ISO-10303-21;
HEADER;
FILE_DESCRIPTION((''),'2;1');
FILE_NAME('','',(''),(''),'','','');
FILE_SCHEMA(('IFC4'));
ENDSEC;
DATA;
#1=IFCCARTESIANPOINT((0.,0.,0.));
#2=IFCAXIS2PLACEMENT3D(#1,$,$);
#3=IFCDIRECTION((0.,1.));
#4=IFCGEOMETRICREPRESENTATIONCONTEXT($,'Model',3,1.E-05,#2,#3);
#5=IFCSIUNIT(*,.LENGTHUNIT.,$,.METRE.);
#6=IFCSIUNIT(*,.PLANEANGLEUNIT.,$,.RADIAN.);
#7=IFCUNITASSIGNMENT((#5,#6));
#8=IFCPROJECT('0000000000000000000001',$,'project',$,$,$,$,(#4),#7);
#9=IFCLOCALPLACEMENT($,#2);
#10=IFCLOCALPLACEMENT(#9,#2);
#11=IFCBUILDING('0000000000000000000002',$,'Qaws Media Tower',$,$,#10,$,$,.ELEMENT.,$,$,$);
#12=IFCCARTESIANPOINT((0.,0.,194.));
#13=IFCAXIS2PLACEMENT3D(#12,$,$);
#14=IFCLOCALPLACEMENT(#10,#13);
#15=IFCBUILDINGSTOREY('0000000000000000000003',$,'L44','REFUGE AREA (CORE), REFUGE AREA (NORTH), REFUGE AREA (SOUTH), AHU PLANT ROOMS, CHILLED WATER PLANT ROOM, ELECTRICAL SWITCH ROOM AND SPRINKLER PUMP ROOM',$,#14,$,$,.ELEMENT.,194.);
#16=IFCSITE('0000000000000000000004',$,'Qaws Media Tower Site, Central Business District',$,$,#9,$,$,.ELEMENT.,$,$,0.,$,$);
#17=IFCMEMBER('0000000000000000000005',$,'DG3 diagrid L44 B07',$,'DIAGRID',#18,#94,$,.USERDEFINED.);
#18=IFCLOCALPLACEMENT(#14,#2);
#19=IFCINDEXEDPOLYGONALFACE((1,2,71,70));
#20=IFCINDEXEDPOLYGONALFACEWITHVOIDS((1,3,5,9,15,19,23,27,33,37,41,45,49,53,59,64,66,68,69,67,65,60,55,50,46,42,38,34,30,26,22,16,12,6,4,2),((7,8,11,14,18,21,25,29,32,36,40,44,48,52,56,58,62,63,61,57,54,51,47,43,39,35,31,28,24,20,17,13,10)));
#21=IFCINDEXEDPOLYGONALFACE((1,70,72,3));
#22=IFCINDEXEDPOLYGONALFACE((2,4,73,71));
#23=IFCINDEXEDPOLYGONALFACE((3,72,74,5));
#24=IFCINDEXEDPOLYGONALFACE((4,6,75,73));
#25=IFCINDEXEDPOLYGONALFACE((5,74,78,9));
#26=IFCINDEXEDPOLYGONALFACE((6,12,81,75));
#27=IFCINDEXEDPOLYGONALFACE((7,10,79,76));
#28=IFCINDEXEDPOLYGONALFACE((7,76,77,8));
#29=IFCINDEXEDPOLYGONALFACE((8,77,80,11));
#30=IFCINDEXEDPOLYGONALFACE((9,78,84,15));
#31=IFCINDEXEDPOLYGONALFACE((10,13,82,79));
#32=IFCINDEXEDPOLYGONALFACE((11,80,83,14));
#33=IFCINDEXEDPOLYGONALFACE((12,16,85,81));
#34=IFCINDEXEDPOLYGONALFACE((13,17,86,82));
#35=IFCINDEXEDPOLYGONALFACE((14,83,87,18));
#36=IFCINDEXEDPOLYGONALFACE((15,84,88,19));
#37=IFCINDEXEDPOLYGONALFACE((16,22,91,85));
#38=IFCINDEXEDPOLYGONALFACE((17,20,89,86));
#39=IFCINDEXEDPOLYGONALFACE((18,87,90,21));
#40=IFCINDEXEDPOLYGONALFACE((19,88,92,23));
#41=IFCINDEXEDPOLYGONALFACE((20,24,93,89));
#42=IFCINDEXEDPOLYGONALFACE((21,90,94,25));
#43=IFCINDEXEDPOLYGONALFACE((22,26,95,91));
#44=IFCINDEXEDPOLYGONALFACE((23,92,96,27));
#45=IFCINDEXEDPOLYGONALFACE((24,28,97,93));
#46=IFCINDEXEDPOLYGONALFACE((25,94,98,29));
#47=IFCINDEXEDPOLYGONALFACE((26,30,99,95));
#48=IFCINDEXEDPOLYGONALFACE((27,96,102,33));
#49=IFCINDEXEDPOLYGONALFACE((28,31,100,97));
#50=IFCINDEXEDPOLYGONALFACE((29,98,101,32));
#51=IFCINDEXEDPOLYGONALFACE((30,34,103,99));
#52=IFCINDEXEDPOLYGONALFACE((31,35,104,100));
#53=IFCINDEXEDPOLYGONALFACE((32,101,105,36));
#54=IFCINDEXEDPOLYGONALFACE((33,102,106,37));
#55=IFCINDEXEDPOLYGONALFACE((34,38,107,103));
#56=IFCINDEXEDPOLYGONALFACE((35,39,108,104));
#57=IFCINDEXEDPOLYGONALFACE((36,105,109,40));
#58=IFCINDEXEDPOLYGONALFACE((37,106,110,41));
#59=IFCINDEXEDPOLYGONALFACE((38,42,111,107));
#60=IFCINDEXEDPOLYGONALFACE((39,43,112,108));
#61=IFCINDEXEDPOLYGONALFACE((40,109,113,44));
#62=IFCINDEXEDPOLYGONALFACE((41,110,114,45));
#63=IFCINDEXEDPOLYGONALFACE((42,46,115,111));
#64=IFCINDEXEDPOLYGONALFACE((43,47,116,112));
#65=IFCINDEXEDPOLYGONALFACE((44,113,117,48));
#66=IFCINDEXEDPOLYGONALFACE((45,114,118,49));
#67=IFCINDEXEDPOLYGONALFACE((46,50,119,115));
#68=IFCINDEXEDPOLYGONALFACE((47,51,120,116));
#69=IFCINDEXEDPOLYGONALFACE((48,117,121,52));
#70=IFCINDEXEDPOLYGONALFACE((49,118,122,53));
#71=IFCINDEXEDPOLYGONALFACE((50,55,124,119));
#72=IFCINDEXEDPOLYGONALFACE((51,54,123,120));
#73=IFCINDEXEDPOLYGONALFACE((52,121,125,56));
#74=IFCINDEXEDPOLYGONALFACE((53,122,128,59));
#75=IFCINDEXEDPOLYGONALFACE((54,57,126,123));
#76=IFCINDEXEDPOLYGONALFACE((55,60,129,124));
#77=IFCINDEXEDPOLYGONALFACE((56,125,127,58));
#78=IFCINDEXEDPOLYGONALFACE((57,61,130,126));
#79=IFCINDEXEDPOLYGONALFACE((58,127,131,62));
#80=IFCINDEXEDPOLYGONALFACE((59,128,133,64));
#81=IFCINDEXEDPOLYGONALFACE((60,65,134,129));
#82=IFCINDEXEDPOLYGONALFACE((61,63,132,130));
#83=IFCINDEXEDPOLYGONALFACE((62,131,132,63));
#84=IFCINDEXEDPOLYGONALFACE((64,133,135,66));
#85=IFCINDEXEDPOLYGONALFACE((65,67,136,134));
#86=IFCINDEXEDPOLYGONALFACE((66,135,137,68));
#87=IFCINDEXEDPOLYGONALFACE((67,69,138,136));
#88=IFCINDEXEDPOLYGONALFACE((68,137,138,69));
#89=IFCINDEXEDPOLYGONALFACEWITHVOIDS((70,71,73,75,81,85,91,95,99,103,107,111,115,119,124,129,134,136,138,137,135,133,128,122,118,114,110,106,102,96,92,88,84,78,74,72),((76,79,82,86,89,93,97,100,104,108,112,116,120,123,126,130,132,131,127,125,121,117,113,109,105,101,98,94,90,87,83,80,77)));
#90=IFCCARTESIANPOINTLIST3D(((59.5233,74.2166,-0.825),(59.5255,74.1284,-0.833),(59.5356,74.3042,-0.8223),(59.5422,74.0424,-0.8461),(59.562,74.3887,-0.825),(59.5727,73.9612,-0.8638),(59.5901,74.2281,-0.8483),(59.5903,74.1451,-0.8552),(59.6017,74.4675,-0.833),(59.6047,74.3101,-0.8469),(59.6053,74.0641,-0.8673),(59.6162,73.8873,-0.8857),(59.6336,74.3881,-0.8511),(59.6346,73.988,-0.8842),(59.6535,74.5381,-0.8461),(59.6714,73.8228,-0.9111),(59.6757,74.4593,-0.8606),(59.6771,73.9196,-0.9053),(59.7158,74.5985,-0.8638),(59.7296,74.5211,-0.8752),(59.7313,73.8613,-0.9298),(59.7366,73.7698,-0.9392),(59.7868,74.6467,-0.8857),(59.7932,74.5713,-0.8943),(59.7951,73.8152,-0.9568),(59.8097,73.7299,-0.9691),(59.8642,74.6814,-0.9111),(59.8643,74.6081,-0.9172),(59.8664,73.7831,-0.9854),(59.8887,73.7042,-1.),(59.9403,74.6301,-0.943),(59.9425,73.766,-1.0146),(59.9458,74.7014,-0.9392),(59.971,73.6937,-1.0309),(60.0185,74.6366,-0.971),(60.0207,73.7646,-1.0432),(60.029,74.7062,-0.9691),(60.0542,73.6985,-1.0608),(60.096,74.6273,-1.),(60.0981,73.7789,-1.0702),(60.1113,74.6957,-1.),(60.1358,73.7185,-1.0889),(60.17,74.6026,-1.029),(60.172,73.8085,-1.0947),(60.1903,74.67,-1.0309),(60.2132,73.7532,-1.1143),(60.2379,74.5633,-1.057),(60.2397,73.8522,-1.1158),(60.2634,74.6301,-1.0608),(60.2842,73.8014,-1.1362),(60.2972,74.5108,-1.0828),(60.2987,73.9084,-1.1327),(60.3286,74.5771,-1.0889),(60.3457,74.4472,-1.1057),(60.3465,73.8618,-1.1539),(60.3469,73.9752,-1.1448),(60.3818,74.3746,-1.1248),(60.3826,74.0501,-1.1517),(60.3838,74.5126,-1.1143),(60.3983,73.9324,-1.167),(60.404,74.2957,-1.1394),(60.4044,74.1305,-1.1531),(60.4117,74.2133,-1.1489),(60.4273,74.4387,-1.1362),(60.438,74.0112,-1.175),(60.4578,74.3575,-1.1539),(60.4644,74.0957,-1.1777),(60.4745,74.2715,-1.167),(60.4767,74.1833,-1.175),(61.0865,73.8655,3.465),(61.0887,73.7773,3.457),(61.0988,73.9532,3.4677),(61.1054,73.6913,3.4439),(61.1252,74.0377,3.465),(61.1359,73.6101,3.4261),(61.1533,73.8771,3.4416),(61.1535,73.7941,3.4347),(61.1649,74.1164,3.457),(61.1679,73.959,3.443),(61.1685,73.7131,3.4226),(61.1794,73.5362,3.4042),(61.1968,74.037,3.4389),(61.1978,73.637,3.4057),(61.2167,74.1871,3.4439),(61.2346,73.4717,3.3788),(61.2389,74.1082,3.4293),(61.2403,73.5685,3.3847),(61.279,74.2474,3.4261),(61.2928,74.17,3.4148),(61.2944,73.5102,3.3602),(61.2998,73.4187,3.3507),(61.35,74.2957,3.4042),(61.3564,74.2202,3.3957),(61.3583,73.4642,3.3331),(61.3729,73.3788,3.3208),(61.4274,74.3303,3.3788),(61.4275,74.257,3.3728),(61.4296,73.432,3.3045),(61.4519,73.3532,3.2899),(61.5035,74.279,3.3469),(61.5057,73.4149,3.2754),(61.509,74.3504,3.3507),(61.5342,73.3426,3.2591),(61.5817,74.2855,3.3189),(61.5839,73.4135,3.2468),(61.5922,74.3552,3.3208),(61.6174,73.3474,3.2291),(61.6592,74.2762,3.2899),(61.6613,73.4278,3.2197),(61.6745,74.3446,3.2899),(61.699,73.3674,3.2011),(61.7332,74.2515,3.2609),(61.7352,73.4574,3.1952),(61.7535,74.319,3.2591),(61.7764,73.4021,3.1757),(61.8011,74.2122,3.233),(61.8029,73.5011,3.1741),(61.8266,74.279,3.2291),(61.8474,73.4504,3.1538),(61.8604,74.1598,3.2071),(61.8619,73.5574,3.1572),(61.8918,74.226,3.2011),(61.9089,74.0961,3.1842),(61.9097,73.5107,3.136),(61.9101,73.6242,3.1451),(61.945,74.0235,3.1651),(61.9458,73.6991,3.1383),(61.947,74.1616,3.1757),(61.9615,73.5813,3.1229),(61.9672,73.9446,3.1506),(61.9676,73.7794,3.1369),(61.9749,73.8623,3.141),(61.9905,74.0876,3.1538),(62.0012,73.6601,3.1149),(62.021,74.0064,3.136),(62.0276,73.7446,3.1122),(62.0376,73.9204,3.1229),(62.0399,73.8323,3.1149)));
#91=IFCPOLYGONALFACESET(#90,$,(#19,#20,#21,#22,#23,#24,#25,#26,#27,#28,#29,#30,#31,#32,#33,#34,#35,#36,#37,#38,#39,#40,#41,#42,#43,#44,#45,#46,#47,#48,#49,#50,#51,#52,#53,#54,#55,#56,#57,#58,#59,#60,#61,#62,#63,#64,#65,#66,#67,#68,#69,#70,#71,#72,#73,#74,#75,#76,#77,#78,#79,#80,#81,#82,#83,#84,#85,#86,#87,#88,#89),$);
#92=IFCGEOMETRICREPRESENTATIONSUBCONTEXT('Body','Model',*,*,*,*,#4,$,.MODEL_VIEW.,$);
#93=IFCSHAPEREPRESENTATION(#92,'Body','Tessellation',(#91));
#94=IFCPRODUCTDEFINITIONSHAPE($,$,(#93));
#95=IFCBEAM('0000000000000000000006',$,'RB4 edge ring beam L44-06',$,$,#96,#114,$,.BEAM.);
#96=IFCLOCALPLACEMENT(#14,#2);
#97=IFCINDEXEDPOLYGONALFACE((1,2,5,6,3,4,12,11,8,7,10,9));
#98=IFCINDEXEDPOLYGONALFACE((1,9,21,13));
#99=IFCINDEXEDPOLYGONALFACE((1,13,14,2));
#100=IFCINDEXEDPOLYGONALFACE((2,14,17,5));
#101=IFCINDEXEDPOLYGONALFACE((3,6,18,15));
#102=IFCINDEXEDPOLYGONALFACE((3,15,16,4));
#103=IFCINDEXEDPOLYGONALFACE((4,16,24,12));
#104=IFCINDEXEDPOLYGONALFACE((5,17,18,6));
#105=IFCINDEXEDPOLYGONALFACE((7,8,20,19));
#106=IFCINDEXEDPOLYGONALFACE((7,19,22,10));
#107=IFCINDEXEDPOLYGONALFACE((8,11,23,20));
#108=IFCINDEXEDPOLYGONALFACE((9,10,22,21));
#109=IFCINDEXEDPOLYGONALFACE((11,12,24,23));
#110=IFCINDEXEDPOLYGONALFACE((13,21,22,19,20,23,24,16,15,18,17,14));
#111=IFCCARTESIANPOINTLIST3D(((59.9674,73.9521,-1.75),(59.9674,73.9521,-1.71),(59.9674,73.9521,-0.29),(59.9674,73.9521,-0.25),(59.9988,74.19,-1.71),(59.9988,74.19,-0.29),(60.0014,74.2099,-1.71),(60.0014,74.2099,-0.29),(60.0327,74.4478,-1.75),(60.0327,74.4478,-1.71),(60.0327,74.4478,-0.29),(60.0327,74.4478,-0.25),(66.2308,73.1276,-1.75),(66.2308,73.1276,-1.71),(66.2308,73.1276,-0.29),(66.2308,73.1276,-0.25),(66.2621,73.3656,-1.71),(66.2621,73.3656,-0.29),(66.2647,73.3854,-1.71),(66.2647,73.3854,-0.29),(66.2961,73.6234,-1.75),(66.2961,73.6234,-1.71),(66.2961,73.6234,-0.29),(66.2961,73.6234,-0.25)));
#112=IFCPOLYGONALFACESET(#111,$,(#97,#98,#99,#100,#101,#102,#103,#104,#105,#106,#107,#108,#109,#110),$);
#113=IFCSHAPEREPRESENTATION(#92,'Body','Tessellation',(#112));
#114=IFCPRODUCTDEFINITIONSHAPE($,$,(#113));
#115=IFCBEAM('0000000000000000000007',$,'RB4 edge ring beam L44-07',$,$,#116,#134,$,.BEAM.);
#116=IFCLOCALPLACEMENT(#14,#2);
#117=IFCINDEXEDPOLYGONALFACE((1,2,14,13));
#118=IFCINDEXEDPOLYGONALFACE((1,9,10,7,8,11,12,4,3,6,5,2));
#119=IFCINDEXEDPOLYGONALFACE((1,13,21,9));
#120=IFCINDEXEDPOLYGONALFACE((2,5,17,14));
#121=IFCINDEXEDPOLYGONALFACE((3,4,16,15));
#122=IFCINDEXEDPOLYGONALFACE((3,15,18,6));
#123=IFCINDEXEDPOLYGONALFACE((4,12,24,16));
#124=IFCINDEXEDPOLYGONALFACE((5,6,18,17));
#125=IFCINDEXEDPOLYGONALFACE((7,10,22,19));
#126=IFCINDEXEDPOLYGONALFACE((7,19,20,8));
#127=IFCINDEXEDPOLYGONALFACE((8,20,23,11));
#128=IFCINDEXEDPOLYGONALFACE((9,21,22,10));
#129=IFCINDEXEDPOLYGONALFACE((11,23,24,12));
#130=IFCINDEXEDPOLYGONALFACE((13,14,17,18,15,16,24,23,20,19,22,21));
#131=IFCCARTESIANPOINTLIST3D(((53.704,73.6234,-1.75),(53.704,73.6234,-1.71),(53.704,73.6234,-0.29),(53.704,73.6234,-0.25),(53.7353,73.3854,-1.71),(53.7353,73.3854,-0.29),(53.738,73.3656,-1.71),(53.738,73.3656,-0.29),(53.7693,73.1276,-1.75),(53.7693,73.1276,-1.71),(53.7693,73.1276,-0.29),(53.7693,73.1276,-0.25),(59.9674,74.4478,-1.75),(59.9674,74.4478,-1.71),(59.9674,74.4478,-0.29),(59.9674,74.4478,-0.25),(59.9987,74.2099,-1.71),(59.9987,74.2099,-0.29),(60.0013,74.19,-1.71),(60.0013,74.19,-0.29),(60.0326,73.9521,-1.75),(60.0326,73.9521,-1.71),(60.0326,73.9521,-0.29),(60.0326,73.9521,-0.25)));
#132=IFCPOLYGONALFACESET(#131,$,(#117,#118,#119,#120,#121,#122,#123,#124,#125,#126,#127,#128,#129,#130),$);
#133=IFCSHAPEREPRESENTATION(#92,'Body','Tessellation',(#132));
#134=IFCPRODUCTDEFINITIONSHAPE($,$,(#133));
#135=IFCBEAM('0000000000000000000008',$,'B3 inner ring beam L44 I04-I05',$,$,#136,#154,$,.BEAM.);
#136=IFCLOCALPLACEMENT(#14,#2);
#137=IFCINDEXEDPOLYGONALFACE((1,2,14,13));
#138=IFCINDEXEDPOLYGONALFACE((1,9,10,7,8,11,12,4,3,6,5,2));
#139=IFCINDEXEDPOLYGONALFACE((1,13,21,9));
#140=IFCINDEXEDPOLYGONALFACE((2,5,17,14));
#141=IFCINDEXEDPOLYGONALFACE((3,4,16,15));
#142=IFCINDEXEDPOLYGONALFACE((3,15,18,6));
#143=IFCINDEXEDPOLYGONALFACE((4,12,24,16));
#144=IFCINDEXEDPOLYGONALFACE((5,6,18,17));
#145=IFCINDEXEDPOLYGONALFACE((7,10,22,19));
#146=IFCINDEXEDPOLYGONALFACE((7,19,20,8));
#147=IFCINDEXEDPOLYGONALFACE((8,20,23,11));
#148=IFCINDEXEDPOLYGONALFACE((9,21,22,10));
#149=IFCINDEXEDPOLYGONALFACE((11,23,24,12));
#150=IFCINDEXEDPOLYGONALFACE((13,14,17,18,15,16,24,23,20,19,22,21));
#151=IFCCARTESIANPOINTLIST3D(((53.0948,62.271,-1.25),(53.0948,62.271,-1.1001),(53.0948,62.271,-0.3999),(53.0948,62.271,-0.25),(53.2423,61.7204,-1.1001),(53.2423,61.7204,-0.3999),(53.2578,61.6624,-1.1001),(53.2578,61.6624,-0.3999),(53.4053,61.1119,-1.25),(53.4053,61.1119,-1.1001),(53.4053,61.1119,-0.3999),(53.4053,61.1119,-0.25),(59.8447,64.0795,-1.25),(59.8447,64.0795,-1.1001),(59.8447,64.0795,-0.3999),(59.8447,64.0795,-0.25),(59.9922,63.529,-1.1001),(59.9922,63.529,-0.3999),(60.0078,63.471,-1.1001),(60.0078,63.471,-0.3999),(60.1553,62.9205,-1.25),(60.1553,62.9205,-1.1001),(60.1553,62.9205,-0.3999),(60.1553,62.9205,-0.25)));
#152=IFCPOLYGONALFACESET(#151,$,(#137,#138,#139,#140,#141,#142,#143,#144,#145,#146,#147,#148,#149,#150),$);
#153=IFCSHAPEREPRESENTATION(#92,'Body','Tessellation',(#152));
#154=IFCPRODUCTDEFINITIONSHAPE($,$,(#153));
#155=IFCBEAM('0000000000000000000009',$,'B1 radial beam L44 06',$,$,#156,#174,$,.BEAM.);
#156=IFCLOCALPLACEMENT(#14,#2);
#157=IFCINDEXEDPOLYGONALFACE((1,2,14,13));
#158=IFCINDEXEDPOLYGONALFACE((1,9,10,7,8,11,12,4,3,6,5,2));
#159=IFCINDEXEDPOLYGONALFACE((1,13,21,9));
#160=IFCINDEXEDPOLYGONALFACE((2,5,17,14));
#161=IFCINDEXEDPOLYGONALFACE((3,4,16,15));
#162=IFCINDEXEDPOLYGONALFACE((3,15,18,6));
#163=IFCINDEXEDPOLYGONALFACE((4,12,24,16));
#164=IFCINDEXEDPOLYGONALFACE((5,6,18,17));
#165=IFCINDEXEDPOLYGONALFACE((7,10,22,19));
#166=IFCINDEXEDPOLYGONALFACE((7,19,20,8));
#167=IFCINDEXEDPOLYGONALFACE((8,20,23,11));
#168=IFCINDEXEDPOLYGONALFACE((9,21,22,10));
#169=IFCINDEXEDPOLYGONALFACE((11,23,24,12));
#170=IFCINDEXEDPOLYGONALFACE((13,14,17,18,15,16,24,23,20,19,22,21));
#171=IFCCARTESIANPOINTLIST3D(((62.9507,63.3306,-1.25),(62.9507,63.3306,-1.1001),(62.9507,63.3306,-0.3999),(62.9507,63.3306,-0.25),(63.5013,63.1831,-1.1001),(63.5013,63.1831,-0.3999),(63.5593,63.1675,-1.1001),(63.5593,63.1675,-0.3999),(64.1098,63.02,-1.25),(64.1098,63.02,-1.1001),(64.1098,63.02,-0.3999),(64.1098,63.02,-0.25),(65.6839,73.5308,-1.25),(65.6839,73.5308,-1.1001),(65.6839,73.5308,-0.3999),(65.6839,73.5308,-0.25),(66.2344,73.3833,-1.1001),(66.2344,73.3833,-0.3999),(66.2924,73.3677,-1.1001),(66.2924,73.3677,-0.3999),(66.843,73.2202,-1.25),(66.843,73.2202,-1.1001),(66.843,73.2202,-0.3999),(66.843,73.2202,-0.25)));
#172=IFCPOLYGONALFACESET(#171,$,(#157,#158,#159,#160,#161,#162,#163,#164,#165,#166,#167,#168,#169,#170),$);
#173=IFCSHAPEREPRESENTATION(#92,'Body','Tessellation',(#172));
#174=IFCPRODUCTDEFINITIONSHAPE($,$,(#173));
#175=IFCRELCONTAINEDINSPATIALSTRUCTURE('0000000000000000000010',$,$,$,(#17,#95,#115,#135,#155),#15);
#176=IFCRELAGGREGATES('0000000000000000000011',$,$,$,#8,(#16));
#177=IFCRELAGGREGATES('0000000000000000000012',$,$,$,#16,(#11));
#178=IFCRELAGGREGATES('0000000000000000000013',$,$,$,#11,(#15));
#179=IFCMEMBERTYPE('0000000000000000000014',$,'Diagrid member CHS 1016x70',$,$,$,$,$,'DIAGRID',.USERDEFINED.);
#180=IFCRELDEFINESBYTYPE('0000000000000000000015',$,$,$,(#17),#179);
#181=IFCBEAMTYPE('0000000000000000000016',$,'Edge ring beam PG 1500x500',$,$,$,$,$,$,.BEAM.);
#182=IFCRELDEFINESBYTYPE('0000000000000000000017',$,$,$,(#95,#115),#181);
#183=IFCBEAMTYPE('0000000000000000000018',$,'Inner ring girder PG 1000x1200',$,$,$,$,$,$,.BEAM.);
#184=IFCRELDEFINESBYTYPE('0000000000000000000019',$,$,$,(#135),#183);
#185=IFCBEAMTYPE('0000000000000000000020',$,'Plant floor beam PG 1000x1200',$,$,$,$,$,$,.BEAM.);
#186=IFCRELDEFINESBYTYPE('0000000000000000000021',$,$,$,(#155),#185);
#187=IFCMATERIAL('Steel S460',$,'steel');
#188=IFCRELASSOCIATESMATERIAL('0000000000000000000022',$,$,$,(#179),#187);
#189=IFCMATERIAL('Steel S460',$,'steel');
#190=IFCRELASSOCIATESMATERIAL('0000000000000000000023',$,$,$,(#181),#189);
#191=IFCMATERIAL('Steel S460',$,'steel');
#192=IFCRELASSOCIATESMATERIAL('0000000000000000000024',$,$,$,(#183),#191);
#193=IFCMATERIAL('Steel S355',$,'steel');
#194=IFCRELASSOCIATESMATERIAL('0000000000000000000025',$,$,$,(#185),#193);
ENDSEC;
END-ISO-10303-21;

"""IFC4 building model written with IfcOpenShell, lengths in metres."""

from ifc_helpers import new_model, si_unit, direction, frame, origin, origin_2d, place, context, subcontext, project, spatial, hollow_circle, i_section, extrude, material, material_profile, profile_set, type_object, element, save


model = new_model("IFC4")

# Units and contexts
model_context = context("Model", 3, precision=1e-05, world=origin(), true_north=direction((0.0, 1.0)))
body_context = subcontext(model_context, "Body", "Model", "MODEL_VIEW")
ifc_project = project(units=[si_unit("LENGTHUNIT", "METRE"), si_unit("PLANEANGLEUNIT", "RADIAN")], contexts=[model_context])

# Site, building, storey
site_placement = place(None, origin())
site = spatial("IfcSite", under=ifc_project, at=site_placement, Name="Qaws Media Tower Site, Central Business District", CompositionType="ELEMENT", RefElevation=0.0)
building_placement = place(site_placement, origin())
building = spatial("IfcBuilding", under=site, at=building_placement, Name="Qaws Media Tower", CompositionType="ELEMENT")
storey_placement = place(building_placement, frame((0.0, 0.0, 194.0)))
storey = spatial("IfcBuildingStorey", under=building, at=storey_placement, Name="L44", Description="REFUGE AREA (CORE), REFUGE AREA (NORTH), REFUGE AREA (SOUTH), AHU PLANT ROOMS, CHILLED WATER PLANT ROOM, ELECTRICAL SWITCH ROOM AND SPRINKLER PUMP ROOM", CompositionType="ELEMENT", Elevation=194.0)

# Member
ifc_material_1 = material(Name="Steel S460", Category="steel")
ifc_material_profile_1 = material_profile(ifc_material_1, hollow_circle(Radius=0.5081, WallThickness=0.0701, at=origin_2d()), Name="CHS 1016x70")
ifc_profile_set_1 = profile_set([ifc_material_profile_1], Name="Steel S460")
member_type_1 = type_object("IfcMemberType", Name="Diagrid member CHS 1016x70", ElementType="DIAGRID", PredefinedType="USERDEFINED", material=ifc_profile_set_1)
for number, where, z_axis, x_axis, name in (
    (1, (60.0, 74.2, -1.0), (0.341358, -0.076663, 0.936802), (0.219124, 0.975697, 0.0), "DG3 diagrid L44 B07"),
):
    element("IfcMember", number, at=place(storey_placement, frame(where, z_axis=z_axis, x_axis=x_axis)), inside=storey, type_object=member_type_1, Name=name, ObjectType="DIAGRID", PredefinedType="USERDEFINED", context=body_context, shape_type="SweptSolid", body=[
        extrude(hollow_circle(Radius=0.5081, WallThickness=0.0701, at=origin_2d()), origin(), (0.0, 0.0, 1.0), 4.5793),
    ])

# Beams
ifc_material_2 = material(Name="Steel S460", Category="steel")
ifc_material_profile_2 = material_profile(ifc_material_2, i_section(OverallWidth=0.5, OverallDepth=1.5, WebThickness=0.02, FlangeThickness=0.04, at=origin_2d()), Name="PG 1500x500")
ifc_profile_set_2 = profile_set([ifc_material_profile_2], Name="Steel S460")
beam_type_1 = type_object("IfcBeamType", Name="Edge ring beam PG 1500x500", PredefinedType="BEAM", material=ifc_profile_set_2)
for number, where, z_axis, x_axis, name in (
    (2, (66.2634, 73.3755, -1.0), (-0.991448, 0.130505, 0.0), (-0.130505, -0.991448, 0.0), "RB4 edge ring beam L44-06"),
    (3, (60.0, 74.2, -1.0), (-0.991448, -0.130505, 0.0), (0.130505, -0.991448, 0.0), "RB4 edge ring beam L44-07"),
):
    element("IfcBeam", number, at=place(storey_placement, frame(where, z_axis=z_axis, x_axis=x_axis)), inside=storey, type_object=beam_type_1, Name=name, PredefinedType="BEAM", context=body_context, shape_type="SweptSolid", body=[
        extrude(i_section(OverallWidth=0.5, OverallDepth=1.5, WebThickness=0.02, FlangeThickness=0.04, at=origin_2d()), origin(), (0.0, 0.0, 1.0), 6.3174),
    ])
ifc_material_3 = material(Name="Steel S460", Category="steel")
ifc_material_profile_3 = material_profile(ifc_material_3, i_section(OverallWidth=1.2, OverallDepth=1.0, WebThickness=0.0601, FlangeThickness=0.1499, at=origin_2d()), Name="PG 1000x1200")
ifc_profile_set_3 = profile_set([ifc_material_profile_3], Name="Steel S460")
beam_type_2 = type_object("IfcBeamType", Name="Inner ring girder PG 1000x1200", PredefinedType="BEAM", material=ifc_profile_set_3)
beam_1_placement = place(storey_placement, frame((60.0, 63.5, -0.75), z_axis=(-0.965928, -0.258811, 0.0), x_axis=(0.258811, -0.965928, 0.0)))
element("IfcBeam", 4, at=beam_1_placement, inside=storey, type_object=beam_type_2, Name="B3 inner ring beam L44 I04-I05", PredefinedType="BEAM", context=body_context, shape_type="SweptSolid", body=[
    extrude(i_section(OverallWidth=1.2, OverallDepth=1.0, WebThickness=0.0601, FlangeThickness=0.1499, at=origin_2d()), origin(), (0.0, 0.0, 1.0), 6.988),
])
ifc_material_4 = material(Name="Steel S355", Category="steel")
ifc_material_profile_4 = material_profile(ifc_material_4, i_section(OverallWidth=1.2, OverallDepth=1.0, WebThickness=0.0601, FlangeThickness=0.1499, at=origin_2d()), Name="PG 1000x1200")
ifc_profile_set_4 = profile_set([ifc_material_profile_4], Name="Steel S355")
beam_type_3 = type_object("IfcBeamType", Name="Plant floor beam PG 1000x1200", PredefinedType="BEAM", material=ifc_profile_set_4)
beam_2_placement = place(storey_placement, frame((63.5303, 63.1753, -0.75), z_axis=(0.258821, 0.965925, 0.0), x_axis=(-0.965925, 0.258821, 0.0)))
element("IfcBeam", 5, at=beam_2_placement, inside=storey, type_object=beam_type_3, Name="B1 radial beam L44 06", PredefinedType="BEAM", context=body_context, shape_type="SweptSolid", body=[
    extrude(i_section(OverallWidth=1.2, OverallDepth=1.0, WebThickness=0.0601, FlangeThickness=0.1499, at=origin_2d()), origin(), (0.0, 0.0, 1.0), 10.5601),
])

save(model, "model.ifc")
